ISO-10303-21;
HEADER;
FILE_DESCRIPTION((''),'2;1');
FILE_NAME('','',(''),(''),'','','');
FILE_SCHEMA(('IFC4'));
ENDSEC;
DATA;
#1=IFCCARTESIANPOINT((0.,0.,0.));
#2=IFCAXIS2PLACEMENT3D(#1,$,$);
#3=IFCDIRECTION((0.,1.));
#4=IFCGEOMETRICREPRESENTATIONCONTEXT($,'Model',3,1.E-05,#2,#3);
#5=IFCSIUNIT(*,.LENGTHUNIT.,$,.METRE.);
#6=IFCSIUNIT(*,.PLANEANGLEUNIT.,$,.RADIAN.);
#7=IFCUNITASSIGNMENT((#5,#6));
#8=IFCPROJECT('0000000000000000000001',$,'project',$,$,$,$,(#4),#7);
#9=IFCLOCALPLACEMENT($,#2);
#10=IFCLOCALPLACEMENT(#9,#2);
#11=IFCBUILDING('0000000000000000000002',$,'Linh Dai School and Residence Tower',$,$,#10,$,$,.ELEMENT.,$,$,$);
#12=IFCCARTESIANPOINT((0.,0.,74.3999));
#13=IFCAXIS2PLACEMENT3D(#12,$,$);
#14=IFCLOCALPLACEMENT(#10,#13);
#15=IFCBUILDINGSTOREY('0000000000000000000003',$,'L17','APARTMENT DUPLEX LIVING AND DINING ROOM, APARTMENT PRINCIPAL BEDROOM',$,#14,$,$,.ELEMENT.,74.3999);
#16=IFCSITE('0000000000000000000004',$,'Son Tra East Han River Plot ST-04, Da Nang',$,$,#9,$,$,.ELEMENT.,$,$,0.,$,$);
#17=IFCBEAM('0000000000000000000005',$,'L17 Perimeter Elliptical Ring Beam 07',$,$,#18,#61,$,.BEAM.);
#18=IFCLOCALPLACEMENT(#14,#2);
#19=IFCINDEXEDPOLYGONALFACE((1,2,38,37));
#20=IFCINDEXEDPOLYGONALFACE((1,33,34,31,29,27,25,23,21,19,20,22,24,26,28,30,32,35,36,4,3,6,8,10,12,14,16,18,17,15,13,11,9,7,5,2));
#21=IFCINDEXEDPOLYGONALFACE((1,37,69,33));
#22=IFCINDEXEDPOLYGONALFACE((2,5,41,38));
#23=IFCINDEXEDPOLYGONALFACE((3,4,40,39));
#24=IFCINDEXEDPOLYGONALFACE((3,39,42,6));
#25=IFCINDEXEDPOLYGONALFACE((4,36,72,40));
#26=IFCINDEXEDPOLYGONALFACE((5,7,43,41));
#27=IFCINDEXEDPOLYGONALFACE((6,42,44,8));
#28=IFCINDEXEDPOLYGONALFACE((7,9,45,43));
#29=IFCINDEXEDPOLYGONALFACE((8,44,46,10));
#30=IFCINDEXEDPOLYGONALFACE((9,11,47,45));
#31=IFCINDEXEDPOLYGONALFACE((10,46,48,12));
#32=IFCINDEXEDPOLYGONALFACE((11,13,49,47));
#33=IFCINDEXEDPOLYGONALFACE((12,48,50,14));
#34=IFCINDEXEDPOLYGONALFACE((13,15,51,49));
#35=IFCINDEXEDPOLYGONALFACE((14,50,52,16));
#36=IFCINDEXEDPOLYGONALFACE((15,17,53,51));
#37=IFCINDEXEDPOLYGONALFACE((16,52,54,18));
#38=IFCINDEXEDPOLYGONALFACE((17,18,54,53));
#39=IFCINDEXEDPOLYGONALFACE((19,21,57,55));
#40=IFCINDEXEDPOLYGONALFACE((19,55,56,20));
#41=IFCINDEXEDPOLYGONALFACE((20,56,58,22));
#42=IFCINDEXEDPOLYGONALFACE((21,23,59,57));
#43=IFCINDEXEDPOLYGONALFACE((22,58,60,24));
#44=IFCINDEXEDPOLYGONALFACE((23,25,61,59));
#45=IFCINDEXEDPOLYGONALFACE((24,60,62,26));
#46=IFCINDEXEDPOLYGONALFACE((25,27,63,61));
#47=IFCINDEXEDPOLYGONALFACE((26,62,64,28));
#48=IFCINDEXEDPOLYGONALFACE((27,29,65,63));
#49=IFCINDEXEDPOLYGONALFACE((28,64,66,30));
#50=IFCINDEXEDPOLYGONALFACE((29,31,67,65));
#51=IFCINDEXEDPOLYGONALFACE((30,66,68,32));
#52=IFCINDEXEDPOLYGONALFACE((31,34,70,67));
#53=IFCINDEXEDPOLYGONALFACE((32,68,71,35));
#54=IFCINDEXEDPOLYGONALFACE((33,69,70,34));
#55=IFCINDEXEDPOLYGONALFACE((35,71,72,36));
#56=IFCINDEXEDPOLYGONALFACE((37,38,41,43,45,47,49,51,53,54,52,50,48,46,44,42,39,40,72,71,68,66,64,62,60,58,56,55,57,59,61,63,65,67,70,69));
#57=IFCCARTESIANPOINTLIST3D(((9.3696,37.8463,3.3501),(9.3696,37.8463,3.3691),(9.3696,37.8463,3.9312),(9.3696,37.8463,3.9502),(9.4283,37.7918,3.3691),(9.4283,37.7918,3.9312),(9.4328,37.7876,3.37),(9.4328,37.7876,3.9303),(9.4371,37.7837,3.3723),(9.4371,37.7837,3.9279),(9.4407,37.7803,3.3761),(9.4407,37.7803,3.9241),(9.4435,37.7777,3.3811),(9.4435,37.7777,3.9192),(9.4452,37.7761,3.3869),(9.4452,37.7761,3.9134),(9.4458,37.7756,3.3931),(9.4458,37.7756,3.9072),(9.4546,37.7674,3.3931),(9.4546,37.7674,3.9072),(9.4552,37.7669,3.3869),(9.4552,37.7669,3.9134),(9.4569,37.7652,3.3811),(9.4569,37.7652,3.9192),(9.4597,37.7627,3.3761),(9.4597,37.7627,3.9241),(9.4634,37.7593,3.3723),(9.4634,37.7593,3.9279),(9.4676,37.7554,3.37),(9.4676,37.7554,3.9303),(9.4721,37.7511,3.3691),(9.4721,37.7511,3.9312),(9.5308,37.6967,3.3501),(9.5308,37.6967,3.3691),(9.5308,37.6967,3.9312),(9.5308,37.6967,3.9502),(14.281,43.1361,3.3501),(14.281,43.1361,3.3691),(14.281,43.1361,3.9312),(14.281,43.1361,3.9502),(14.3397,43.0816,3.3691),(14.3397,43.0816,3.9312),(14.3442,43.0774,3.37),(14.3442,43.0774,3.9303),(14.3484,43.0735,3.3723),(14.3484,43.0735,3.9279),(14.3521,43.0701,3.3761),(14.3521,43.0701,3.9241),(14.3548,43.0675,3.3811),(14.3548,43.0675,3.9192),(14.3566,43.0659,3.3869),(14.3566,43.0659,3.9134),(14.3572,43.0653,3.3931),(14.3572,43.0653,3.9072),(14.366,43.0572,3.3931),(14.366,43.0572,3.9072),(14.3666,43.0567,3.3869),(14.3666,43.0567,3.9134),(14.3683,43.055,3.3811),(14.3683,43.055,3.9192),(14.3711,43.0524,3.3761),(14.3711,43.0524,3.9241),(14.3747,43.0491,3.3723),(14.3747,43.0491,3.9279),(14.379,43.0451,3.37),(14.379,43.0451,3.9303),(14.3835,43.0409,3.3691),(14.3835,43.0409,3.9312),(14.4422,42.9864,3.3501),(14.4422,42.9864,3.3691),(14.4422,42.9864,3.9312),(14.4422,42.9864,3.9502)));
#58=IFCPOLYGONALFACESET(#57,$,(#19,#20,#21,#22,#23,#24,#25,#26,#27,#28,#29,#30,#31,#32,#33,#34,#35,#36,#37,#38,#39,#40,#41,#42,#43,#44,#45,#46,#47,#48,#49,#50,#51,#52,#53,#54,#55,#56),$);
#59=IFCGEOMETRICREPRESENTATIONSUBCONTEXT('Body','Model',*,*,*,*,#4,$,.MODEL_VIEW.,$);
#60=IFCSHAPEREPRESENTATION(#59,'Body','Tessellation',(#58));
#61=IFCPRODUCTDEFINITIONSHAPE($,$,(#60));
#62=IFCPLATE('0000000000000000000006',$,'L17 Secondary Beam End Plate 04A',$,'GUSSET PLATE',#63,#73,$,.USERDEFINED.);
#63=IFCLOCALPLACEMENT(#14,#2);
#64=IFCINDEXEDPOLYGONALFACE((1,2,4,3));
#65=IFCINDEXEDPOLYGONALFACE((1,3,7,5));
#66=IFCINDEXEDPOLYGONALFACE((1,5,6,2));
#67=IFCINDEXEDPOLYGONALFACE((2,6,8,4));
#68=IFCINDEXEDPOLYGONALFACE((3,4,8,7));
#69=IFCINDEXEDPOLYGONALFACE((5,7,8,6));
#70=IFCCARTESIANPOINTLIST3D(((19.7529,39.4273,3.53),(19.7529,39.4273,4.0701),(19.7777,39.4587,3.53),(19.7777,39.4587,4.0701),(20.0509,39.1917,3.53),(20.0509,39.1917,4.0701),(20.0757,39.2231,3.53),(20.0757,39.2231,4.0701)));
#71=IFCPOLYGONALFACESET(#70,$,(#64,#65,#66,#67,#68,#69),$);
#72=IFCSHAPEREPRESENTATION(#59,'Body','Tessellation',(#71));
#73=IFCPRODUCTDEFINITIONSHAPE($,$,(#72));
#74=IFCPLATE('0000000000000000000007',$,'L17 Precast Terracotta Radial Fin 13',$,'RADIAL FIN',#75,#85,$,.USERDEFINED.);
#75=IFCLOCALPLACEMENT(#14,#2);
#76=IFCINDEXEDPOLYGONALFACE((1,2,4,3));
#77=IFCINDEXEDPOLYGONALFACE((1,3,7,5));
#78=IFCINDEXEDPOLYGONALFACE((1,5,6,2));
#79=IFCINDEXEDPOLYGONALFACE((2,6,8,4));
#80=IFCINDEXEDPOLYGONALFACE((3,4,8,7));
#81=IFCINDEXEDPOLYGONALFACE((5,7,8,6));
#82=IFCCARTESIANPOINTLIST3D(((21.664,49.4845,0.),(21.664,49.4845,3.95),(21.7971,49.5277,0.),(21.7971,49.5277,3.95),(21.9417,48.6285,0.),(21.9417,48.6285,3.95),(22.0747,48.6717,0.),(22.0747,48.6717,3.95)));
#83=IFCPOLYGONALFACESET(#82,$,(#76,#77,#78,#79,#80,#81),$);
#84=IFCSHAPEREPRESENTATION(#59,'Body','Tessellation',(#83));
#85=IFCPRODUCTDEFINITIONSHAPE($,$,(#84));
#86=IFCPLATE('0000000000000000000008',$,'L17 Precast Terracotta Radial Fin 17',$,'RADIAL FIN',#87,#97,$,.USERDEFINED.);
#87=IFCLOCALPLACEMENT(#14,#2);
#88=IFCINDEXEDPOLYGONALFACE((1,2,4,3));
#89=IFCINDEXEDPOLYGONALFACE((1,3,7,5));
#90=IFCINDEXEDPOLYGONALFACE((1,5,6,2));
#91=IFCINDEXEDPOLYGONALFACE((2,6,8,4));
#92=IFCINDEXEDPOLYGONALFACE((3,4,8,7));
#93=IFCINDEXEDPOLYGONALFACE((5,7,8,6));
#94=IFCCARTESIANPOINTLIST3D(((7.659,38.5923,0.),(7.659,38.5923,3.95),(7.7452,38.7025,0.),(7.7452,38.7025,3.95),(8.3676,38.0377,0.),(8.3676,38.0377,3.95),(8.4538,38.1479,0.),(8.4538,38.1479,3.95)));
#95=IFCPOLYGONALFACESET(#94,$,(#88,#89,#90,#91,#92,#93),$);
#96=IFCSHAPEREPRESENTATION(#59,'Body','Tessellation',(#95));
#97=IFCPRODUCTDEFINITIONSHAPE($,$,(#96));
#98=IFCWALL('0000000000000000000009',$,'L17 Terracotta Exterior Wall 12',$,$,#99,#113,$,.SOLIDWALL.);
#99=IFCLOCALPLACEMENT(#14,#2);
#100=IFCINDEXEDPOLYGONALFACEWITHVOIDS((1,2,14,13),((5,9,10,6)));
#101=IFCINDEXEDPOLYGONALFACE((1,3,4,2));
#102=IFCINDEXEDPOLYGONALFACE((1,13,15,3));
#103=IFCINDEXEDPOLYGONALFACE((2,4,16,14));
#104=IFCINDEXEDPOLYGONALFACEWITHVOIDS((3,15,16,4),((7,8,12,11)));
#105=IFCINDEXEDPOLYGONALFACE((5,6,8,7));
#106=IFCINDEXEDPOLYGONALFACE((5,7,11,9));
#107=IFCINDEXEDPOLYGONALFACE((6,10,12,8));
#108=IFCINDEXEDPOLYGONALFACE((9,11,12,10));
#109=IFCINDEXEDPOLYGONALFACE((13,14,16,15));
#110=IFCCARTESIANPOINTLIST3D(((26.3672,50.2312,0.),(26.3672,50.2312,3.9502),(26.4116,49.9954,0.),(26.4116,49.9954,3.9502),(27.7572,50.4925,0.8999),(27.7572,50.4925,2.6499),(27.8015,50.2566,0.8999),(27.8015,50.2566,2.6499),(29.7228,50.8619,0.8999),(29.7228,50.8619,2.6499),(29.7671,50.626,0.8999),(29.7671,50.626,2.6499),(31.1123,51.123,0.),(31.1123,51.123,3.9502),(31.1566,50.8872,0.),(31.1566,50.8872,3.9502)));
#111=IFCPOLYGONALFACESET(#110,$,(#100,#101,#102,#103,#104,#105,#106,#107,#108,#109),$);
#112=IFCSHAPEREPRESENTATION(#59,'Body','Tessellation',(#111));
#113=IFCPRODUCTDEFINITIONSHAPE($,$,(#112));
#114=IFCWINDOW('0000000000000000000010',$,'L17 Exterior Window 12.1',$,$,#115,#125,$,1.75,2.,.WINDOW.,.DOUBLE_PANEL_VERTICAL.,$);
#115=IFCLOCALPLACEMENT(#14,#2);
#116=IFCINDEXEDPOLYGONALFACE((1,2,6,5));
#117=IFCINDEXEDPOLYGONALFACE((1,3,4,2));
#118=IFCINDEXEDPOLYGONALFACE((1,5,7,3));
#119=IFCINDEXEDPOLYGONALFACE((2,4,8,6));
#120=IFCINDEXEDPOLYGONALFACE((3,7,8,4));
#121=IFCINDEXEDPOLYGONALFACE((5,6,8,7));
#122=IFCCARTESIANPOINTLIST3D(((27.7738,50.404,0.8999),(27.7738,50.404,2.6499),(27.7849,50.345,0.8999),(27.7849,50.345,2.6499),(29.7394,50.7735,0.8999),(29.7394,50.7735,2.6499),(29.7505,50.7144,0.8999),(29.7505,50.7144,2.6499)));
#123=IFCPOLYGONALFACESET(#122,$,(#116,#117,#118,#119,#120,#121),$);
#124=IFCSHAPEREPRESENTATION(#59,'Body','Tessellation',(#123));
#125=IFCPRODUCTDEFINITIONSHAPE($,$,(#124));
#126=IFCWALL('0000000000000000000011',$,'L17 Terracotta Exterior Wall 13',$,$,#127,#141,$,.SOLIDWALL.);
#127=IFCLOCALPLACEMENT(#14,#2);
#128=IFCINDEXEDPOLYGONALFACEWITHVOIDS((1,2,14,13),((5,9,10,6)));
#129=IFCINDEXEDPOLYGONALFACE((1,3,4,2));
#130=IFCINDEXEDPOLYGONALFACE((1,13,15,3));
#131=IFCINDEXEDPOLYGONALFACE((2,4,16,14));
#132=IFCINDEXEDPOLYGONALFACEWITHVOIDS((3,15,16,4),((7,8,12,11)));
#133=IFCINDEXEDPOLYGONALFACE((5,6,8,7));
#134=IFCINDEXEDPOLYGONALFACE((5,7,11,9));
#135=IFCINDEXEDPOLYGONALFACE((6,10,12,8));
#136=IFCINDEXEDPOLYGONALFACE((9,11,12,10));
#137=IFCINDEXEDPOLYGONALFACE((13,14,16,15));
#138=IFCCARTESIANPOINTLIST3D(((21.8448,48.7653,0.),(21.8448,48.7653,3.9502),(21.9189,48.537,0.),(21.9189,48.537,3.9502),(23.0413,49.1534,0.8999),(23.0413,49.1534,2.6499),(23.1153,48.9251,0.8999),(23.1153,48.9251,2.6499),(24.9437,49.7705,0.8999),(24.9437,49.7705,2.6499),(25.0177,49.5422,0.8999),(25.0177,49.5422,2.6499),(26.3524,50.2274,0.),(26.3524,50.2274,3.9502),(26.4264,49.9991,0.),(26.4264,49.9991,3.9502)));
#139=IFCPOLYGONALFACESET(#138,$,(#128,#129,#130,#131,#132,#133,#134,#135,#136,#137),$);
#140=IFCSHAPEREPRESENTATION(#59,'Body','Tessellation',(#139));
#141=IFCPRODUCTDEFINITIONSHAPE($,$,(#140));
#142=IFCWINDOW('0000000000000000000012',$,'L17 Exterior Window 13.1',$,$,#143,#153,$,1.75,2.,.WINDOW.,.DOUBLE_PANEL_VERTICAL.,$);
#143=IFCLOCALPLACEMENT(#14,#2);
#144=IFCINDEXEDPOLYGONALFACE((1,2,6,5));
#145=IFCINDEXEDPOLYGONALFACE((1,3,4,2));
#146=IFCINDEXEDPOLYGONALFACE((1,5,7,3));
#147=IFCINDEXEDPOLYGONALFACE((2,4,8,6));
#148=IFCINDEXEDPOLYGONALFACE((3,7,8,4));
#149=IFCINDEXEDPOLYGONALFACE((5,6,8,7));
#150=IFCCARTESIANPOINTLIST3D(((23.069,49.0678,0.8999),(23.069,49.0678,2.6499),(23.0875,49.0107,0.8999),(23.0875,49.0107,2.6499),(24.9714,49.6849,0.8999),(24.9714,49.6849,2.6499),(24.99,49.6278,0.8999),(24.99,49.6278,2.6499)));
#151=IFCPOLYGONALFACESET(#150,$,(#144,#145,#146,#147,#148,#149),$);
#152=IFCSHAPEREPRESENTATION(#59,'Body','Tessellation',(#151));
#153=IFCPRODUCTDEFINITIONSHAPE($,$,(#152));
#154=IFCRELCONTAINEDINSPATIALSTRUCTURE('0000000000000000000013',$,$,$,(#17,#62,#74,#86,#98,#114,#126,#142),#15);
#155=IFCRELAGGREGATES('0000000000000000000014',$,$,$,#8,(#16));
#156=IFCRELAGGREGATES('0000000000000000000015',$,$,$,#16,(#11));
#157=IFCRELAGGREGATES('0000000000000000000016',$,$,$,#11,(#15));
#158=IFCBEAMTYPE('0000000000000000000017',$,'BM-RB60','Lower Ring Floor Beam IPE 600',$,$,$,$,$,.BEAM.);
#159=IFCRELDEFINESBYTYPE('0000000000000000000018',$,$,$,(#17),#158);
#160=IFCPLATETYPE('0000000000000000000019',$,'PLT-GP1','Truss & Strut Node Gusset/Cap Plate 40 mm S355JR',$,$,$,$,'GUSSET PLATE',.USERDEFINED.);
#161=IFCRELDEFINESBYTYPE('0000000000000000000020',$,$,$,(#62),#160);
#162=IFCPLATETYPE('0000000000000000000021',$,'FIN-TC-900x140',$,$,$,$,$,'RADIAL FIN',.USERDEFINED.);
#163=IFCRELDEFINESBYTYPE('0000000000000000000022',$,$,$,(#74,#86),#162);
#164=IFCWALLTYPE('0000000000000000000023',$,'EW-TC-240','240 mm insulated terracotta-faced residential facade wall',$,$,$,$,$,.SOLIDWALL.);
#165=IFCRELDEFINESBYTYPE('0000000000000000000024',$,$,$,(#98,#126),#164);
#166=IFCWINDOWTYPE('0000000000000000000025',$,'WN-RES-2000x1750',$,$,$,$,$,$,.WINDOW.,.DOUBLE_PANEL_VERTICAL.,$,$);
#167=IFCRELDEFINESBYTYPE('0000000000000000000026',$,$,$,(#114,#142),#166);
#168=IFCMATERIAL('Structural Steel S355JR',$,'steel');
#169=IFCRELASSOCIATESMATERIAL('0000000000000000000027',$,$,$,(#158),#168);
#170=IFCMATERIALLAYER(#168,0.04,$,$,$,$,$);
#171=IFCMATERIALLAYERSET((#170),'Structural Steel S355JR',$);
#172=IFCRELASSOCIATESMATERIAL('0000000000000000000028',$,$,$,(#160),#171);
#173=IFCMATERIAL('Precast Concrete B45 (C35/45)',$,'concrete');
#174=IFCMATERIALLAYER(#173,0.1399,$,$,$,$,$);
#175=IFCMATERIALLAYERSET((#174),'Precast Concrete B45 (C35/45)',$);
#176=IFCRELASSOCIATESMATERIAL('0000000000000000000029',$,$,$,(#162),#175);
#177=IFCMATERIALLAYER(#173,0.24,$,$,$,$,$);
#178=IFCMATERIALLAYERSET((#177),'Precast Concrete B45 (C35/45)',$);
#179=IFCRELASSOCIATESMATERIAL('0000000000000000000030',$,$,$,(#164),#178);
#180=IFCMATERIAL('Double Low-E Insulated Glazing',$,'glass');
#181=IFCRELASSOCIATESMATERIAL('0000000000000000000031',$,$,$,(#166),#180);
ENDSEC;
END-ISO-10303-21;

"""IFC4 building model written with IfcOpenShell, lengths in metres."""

from ifc_helpers import new_model, si_unit, direction, frame, frame_2d, origin, origin_2d, place, context, subcontext, project, spatial, rectangle, i_section, extrude, source, transform, mapped, material, layer, layer_set, material_profile, profile_set, type_object, element, fill, save


model = new_model("IFC4")

# Units and contexts
model_context = context("Model", 3, precision=1e-05, world=origin(), true_north=direction((0.0, 1.0)))
body_context = subcontext(model_context, "Body", "Model", "MODEL_VIEW")
ifc_project = project(units=[si_unit("LENGTHUNIT", "METRE"), si_unit("PLANEANGLEUNIT", "RADIAN")], contexts=[model_context])

# Site, building, storey
site_placement = place(None, origin())
site = spatial("IfcSite", under=ifc_project, at=site_placement, Name="Son Tra East Han River Plot ST-04, Da Nang", CompositionType="ELEMENT", RefElevation=0.0)
building_placement = place(site_placement, origin())
building = spatial("IfcBuilding", under=site, at=building_placement, Name="Linh Dai School and Residence Tower", CompositionType="ELEMENT")
storey_placement = place(building_placement, frame((0.0, 0.0, 74.3999)))
storey = spatial("IfcBuildingStorey", under=building, at=storey_placement, Name="L17", Description="APARTMENT DUPLEX LIVING AND DINING ROOM, APARTMENT PRINCIPAL BEDROOM", CompositionType="ELEMENT", Elevation=74.3999)

# Shared definitions
ifc_material_1 = material(Name="Structural Steel S355JR", Category="steel")

# Beam
ifc_material_profile_1 = material_profile(ifc_material_1, i_section(OverallWidth=0.22, OverallDepth=0.6001, WebThickness=0.012, FlangeThickness=0.019, FilletRadius=0.0239, at=origin_2d()), Name="IPE 600")
ifc_profile_set_1 = profile_set([ifc_material_profile_1], Name="Structural Steel S355JR")
beam_type_1 = type_object("IfcBeamType", Name="BM-RB60", Description="Lower Ring Floor Beam IPE 600", PredefinedType="BEAM", material=ifc_profile_set_1)
beam_1_placement = place(storey_placement, frame((14.3616, 43.0613, 3.6501), z_axis=(-0.680408, -0.732833, 0.0), x_axis=(0.732833, -0.680408, 0.0)))
element("IfcBeam", 1, at=beam_1_placement, inside=storey, type_object=beam_type_1, Name="L17 Perimeter Elliptical Ring Beam 07", PredefinedType="BEAM", context=body_context, shape_type="SweptSolid", body=[
    extrude(i_section(OverallWidth=0.22, OverallDepth=0.6001, WebThickness=0.012, FlangeThickness=0.019, FilletRadius=0.0239, at=origin_2d()), origin(), (0.0, 0.0, 1.0), 7.2183),
])

# Plates
ifc_layer_1 = layer(ifc_material_1, 0.04)
ifc_layer_set_1 = layer_set([ifc_layer_1], Name="Structural Steel S355JR")
plate_type_1 = type_object("IfcPlateType", Name="PLT-GP1", Description="Truss & Strut Node Gusset/Cap Plate 40 mm S355JR", ElementType="GUSSET PLATE", PredefinedType="USERDEFINED", material=ifc_layer_set_1)
shared_shape_1 = source(origin(), body_context, "Body", "SweptSolid", [
    extrude(rectangle(XDim=0.04, YDim=0.3799, at=origin_2d()), origin(), (0.0, 0.0, 1.0), 0.54),
])
plate_placement = place(storey_placement, frame((19.9143, 39.3252, 3.53), z_axis=(0.0, 0.0, 1.0), x_axis=(-0.620178, -0.784461, 0.0)))
element("IfcPlate", 2, at=plate_placement, inside=storey, type_object=plate_type_1, Name="L17 Secondary Beam End Plate 04A", ObjectType="GUSSET PLATE", PredefinedType="USERDEFINED", context=body_context, shape_type="MappedRepresentation", body=[
    mapped(shared_shape_1, transform((0.0, 0.0, 0.0), x_axis=(1.0, 0.0, 0.0), y_axis=(0.0, 1.0, 0.0), z_axis=(0.0, 0.0, 1.0), scale=1.0)),
])
ifc_material_2 = material(Name="Precast Concrete B45 (C35/45)", Category="concrete")
ifc_layer_2 = layer(ifc_material_2, 0.1399)
ifc_layer_set_2 = layer_set([ifc_layer_2], Name="Precast Concrete B45 (C35/45)")
plate_type_2 = type_object("IfcPlateType", Name="FIN-TC-900x140", ElementType="RADIAL FIN", PredefinedType="USERDEFINED", material=ifc_layer_set_2)
shared_shape_2 = source(origin(), body_context, "Body", "SweptSolid", [
    extrude(rectangle(XDim=0.8999, YDim=0.1399, at=origin_2d()), origin(), (0.0, 0.0, 1.0), 3.95),
])
for number, where, z_axis, x_axis, name in (
    (3, (21.8694, 49.0781, 0.0), (0.0, 0.0, 1.0), (-0.308511, 0.951221, 0.0), "L17 Precast Terracotta Radial Fin 13"),
    (4, (8.0564, 38.3701, 0.0), (0.0, 0.0, 1.0), (-0.787496, 0.616319, 0.0), "L17 Precast Terracotta Radial Fin 17"),
):
    element("IfcPlate", number, at=place(storey_placement, frame(where, z_axis=z_axis, x_axis=x_axis)), inside=storey, type_object=plate_type_2, Name=name, ObjectType="RADIAL FIN", PredefinedType="USERDEFINED", context=body_context, shape_type="MappedRepresentation", body=[
        mapped(shared_shape_2, transform((0.0, 0.0, 0.0), x_axis=(1.0, 0.0, 0.0), y_axis=(0.0, 1.0, 0.0), z_axis=(0.0, 0.0, 1.0), scale=1.0)),
    ])

# Walls, openings, windows
ifc_layer_3 = layer(ifc_material_2, 0.24)
ifc_layer_set_3 = layer_set([ifc_layer_3], Name="Precast Concrete B45 (C35/45)")
wall_type_1 = type_object("IfcWallType", Name="EW-TC-240", Description="240 mm insulated terracotta-faced residential facade wall", PredefinedType="SOLIDWALL", material=ifc_layer_set_3)
wall_1_placement = place(storey_placement, frame((26.3894, 50.1133, 0.0), z_axis=(0.0, 0.0, 1.0), x_axis=(0.982792, 0.184716, 0.0)))
wall_1 = element("IfcWall", 5, at=wall_1_placement, inside=storey, type_object=wall_type_1, Name="L17 Terracotta Exterior Wall 12", PredefinedType="SOLIDWALL", context=body_context, shape_type="SweptSolid", body=[
    extrude(rectangle(XDim=4.8281, YDim=0.24, at=frame_2d((2.4141, 0.0))), origin(), (0.0, 0.0, 1.0), 3.9502),
])
opening_1_placement = place(wall_1_placement, frame((1.4143, 0.0, 0.8999)))
opening_1 = element("IfcOpeningElement", 6, at=opening_1_placement, cuts=wall_1, PredefinedType="OPENING", context=body_context, shape_type="SweptSolid", body=[
    extrude(rectangle(XDim=2.0, YDim=1.75, at=origin_2d()), frame((1.0, 0.1299, 0.875), z_axis=(0.0, -1.0, 0.0), x_axis=(1.0, 0.0, 0.0)), (0.0, 0.0, 1.0), 0.26),
])
ifc_material_3 = material(Name="Double Low-E Insulated Glazing", Category="glass")
window_type = type_object("IfcWindowType", Name="WN-RES-2000x1750", PartitioningType="DOUBLE_PANEL_VERTICAL", PredefinedType="WINDOW", material=ifc_material_3)
shared_shape_3 = source(origin(), body_context, "Body", "SweptSolid", [
    extrude(rectangle(XDim=2.0, YDim=1.75, at=origin_2d()), frame((1.0, 0.03, 0.875), z_axis=(0.0, -1.0, 0.0), x_axis=(1.0, 0.0, 0.0)), (0.0, 0.0, 1.0), 0.0601),
])
window_1_placement = place(opening_1_placement, origin())
window_1 = element("IfcWindow", 7, at=window_1_placement, inside=storey, type_object=window_type, Name="L17 Exterior Window 12.1", OverallHeight=1.75, OverallWidth=2.0, PartitioningType="DOUBLE_PANEL_VERTICAL", PredefinedType="WINDOW", context=body_context, shape_type="MappedRepresentation", body=[
    mapped(shared_shape_3, transform((0.0, 0.0, 0.0), x_axis=(1.0, 0.0, 0.0), y_axis=(0.0, 1.0, 0.0), z_axis=(0.0, 0.0, 1.0), scale=1.0)),
])
fill(opening_1, window_1)
wall_2_placement = place(storey_placement, frame((21.8818, 48.6511, 0.0), z_axis=(0.0, 0.0, 1.0), x_axis=(0.951208, 0.308551, 0.0)))
wall_2 = element("IfcWall", 8, at=wall_2_placement, inside=storey, type_object=wall_type_1, Name="L17 Terracotta Exterior Wall 13", PredefinedType="SOLIDWALL", context=body_context, shape_type="SweptSolid", body=[
    extrude(rectangle(XDim=4.7388, YDim=0.24, at=frame_2d((2.3694, 0.0))), origin(), (0.0, 0.0, 1.0), 3.9502),
])
opening_2_placement = place(wall_2_placement, frame((1.2578, 0.0, 0.8999)))
opening_2 = element("IfcOpeningElement", 9, at=opening_2_placement, cuts=wall_2, PredefinedType="OPENING", context=body_context, shape_type="SweptSolid", body=[
    extrude(rectangle(XDim=2.0, YDim=1.75, at=origin_2d()), frame((1.0, 0.1299, 0.875), z_axis=(0.0, -1.0, 0.0), x_axis=(1.0, 0.0, 0.0)), (0.0, 0.0, 1.0), 0.26),
])
window_2_placement = place(opening_2_placement, origin())
window_2 = element("IfcWindow", 10, at=window_2_placement, inside=storey, type_object=window_type, Name="L17 Exterior Window 13.1", OverallHeight=1.75, OverallWidth=2.0, PartitioningType="DOUBLE_PANEL_VERTICAL", PredefinedType="WINDOW", context=body_context, shape_type="MappedRepresentation", body=[
    mapped(shared_shape_3, transform((0.0, 0.0, 0.0), x_axis=(1.0, 0.0, 0.0), y_axis=(0.0, 1.0, 0.0), z_axis=(0.0, 0.0, 1.0), scale=1.0)),
])
fill(opening_2, window_2)

save(model, "model.ifc")
